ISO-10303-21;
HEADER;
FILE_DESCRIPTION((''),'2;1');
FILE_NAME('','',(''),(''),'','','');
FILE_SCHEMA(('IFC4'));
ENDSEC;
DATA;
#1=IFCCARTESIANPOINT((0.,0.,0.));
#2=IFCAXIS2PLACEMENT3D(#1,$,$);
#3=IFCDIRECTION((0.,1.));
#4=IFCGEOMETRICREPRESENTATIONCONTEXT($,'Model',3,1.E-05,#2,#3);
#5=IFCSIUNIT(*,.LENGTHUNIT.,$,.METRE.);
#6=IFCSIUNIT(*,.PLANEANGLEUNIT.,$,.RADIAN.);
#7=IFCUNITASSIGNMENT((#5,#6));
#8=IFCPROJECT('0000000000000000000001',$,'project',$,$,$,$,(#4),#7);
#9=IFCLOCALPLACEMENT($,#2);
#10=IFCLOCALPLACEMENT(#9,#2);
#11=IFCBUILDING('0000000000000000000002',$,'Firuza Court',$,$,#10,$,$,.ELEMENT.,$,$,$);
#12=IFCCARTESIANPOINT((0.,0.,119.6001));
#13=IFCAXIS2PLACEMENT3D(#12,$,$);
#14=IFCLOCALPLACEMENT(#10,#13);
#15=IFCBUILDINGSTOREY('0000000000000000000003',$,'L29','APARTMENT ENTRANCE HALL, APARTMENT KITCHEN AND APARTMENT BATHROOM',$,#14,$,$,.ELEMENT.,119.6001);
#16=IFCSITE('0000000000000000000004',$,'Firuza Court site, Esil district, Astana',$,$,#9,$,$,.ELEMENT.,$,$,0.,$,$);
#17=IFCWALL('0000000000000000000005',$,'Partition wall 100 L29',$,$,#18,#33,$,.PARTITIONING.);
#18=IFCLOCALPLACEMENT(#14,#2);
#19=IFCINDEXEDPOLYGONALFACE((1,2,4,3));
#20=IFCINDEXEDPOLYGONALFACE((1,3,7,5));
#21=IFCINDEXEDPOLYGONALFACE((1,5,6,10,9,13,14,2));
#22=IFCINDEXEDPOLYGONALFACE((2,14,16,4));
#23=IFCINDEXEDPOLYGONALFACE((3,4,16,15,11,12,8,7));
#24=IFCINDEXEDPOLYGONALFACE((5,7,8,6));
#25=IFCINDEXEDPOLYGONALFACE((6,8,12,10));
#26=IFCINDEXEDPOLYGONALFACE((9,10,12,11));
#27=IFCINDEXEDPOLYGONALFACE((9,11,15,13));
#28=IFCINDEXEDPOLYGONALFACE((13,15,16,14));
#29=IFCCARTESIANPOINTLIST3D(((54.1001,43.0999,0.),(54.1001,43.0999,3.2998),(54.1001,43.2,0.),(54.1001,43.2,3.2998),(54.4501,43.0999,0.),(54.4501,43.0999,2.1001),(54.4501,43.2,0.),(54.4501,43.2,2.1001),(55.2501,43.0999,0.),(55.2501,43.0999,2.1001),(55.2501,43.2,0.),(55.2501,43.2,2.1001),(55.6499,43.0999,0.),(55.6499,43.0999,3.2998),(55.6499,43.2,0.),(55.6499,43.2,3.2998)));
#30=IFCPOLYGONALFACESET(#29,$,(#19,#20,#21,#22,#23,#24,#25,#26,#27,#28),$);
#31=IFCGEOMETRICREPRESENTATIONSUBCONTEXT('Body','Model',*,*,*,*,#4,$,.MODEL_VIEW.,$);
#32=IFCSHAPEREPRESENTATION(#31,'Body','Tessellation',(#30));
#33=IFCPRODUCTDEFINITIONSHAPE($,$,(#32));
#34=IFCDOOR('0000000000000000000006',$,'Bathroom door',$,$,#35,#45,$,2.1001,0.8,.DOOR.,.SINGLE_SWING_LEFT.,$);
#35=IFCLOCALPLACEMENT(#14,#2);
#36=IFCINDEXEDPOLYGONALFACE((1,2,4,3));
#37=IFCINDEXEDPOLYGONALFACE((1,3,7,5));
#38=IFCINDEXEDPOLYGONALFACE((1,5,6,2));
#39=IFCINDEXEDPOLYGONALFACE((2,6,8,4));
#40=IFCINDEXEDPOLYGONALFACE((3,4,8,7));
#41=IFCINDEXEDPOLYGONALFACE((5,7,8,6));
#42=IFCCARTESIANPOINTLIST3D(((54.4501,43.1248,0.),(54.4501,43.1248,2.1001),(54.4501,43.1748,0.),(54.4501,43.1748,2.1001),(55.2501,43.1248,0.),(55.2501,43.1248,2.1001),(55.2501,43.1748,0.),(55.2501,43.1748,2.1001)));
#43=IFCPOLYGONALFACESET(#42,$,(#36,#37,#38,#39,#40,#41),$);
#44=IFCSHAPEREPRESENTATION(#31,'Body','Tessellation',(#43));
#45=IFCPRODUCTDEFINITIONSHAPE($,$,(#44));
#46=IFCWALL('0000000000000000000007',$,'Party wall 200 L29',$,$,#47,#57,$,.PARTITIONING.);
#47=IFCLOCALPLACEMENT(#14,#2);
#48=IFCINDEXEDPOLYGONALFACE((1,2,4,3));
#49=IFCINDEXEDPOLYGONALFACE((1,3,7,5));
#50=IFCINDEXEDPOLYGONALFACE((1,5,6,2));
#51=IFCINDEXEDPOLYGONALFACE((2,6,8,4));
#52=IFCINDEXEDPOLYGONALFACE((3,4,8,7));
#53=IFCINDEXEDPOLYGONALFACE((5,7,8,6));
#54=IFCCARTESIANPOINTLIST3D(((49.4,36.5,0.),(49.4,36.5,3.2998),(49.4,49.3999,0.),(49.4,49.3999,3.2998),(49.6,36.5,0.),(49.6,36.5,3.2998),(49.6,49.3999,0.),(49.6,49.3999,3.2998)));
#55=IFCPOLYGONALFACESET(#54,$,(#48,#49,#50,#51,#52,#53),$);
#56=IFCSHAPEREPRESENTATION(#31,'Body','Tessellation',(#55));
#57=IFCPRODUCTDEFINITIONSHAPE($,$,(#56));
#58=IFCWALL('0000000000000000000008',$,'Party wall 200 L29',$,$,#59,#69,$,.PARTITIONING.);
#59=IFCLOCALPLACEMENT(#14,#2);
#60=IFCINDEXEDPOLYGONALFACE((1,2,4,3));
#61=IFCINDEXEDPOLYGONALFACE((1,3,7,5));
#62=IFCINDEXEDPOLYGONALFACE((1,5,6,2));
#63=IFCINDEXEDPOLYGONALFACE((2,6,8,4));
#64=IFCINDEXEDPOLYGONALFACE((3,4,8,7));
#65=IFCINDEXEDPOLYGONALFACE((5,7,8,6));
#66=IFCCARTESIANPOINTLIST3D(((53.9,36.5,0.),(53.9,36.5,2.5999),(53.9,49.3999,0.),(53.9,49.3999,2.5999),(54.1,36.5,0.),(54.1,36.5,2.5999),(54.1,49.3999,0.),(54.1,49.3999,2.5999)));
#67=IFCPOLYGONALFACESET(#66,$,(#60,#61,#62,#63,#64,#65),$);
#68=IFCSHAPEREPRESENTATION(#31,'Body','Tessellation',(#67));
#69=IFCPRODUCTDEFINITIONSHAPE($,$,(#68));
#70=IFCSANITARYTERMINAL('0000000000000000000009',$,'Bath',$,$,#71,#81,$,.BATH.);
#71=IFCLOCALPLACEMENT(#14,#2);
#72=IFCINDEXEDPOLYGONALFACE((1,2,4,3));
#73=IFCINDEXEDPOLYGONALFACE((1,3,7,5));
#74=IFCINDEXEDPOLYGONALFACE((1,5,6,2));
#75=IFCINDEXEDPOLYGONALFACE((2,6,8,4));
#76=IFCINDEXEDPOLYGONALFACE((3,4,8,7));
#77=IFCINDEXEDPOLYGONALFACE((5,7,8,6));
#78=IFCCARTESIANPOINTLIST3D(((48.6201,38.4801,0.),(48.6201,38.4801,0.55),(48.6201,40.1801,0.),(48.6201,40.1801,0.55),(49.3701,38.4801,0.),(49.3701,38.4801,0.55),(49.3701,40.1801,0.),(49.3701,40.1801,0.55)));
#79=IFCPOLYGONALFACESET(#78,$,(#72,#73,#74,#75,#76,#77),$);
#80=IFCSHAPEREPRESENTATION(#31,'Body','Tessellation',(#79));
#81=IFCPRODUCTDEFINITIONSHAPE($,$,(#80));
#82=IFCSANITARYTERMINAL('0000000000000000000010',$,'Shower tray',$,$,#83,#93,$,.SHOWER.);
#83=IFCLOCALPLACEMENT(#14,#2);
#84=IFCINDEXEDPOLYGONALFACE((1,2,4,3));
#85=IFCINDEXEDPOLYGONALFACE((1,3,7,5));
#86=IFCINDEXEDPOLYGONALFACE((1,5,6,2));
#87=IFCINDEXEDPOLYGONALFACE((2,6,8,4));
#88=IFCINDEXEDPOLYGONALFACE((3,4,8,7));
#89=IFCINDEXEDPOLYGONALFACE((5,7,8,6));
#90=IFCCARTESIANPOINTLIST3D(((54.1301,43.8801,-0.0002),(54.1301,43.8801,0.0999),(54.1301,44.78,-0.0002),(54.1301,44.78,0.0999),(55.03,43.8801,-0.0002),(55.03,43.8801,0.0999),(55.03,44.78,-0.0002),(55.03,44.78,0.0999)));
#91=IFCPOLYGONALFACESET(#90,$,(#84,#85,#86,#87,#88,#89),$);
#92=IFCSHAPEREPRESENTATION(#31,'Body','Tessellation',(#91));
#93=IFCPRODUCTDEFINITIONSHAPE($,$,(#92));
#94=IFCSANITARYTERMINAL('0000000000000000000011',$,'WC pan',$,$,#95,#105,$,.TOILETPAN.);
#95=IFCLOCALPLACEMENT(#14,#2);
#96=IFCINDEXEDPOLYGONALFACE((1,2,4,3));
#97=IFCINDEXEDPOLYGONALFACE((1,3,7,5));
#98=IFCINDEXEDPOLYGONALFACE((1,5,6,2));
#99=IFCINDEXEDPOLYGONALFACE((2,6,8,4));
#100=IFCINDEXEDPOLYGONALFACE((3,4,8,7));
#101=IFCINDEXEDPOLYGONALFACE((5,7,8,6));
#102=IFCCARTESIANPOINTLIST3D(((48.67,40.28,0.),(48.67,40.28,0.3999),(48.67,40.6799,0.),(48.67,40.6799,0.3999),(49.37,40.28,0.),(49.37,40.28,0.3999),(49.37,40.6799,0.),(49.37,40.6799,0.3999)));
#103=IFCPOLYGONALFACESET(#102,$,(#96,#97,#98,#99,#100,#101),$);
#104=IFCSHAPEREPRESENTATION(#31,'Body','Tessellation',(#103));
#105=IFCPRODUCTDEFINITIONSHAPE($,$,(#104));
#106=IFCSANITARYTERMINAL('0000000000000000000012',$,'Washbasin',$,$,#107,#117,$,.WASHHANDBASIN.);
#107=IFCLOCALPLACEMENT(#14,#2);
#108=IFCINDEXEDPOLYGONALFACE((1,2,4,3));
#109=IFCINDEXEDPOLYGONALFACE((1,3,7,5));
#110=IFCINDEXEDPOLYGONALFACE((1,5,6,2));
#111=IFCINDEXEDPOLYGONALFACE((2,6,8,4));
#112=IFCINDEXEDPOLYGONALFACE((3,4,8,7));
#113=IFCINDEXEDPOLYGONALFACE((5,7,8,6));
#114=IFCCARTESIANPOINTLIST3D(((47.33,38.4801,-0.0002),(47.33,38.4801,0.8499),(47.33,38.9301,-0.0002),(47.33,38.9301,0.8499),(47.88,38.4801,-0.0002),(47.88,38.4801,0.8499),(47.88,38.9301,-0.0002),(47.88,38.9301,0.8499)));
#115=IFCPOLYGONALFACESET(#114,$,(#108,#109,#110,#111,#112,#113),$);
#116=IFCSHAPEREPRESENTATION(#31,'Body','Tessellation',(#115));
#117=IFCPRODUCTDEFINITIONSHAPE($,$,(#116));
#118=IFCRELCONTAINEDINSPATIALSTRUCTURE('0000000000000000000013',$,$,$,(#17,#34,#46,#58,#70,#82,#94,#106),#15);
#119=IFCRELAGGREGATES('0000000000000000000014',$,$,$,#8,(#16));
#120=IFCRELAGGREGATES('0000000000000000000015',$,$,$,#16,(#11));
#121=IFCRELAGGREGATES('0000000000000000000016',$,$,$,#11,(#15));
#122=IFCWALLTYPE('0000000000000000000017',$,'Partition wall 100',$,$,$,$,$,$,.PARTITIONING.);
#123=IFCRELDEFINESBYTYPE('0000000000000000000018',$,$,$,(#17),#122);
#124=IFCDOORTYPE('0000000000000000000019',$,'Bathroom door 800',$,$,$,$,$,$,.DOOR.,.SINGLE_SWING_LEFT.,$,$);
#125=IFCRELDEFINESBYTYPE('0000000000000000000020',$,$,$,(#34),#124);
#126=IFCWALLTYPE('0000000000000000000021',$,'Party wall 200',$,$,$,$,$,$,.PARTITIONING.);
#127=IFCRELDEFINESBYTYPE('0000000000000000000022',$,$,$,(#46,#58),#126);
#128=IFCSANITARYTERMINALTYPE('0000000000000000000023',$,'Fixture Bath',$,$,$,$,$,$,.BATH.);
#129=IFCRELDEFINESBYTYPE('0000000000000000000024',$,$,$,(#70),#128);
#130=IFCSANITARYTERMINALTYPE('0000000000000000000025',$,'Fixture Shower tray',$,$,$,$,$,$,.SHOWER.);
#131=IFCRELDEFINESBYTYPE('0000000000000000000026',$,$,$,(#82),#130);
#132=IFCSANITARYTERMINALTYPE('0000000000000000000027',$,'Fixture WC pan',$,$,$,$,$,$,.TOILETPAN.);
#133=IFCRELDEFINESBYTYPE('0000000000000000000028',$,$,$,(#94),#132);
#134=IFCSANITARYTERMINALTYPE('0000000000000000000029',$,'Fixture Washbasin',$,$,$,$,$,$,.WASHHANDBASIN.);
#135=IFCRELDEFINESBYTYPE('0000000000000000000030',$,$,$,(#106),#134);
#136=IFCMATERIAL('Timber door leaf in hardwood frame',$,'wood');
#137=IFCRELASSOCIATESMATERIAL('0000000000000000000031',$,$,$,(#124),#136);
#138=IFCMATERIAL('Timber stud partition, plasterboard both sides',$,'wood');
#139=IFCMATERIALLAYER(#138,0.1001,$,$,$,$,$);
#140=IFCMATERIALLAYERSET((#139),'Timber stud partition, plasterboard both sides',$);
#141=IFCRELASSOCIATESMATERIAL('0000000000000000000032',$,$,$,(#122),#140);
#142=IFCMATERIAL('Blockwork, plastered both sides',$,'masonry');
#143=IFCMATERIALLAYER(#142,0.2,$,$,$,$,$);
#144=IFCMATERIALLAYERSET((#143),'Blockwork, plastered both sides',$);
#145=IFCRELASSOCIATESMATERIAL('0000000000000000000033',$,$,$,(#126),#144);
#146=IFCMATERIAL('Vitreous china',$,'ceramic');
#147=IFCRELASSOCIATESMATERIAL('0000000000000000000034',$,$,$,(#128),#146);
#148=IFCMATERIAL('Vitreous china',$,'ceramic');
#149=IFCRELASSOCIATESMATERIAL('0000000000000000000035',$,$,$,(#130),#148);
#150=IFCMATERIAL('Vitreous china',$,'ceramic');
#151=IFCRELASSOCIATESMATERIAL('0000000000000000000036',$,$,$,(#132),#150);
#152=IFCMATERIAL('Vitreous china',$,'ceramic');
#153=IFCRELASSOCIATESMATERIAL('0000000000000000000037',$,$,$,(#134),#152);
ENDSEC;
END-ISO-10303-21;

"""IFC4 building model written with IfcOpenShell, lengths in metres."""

from ifc_helpers import new_model, si_unit, direction, frame, frame_2d, origin, origin_2d, place, context, subcontext, project, spatial, rectangle, extrude, material, layer, layer_set, type_object, element, fill, save


model = new_model("IFC4")

# Units and contexts
model_context = context("Model", 3, precision=1e-05, world=origin(), true_north=direction((0.0, 1.0)))
body_context = subcontext(model_context, "Body", "Model", "MODEL_VIEW")
ifc_project = project(units=[si_unit("LENGTHUNIT", "METRE"), si_unit("PLANEANGLEUNIT", "RADIAN")], contexts=[model_context])

# Site, building, storey
site_placement = place(None, origin())
site = spatial("IfcSite", under=ifc_project, at=site_placement, Name="Firuza Court site, Esil district, Astana", CompositionType="ELEMENT", RefElevation=0.0)
building_placement = place(site_placement, origin())
building = spatial("IfcBuilding", under=site, at=building_placement, Name="Firuza Court", CompositionType="ELEMENT")
storey_placement = place(building_placement, frame((0.0, 0.0, 119.6001)))
storey = spatial("IfcBuildingStorey", under=building, at=storey_placement, Name="L29", Description="APARTMENT ENTRANCE HALL, APARTMENT KITCHEN AND APARTMENT BATHROOM", CompositionType="ELEMENT", Elevation=119.6001)

# Shared definitions
ifc_material_1 = material(Name="Timber door leaf in hardwood frame", Category="wood")
door_type_1 = type_object("IfcDoorType", Name="Bathroom door 800", OperationType="SINGLE_SWING_LEFT", PredefinedType="DOOR", material=ifc_material_1)

# Shared definitions
ifc_material_2 = material(Name="Blockwork, plastered both sides", Category="masonry")

# Shared definitions
ifc_material_3 = material(Name="Timber stud partition, plasterboard both sides", Category="wood")
ifc_layer_1 = layer(ifc_material_3, 0.1001)
ifc_layer_set_1 = layer_set([ifc_layer_1], Name="Timber stud partition, plasterboard both sides")
wall_type_1 = type_object("IfcWallType", Name="Partition wall 100", PredefinedType="PARTITIONING", material=ifc_layer_set_1)

# Wall, opening, door
wall_1_placement = place(storey_placement, frame((54.1001, 43.1499, 0.0), z_axis=(0.0, 0.0, 1.0), x_axis=(1.0, 0.0, 0.0)))
wall_1 = element("IfcWall", 1, at=wall_1_placement, inside=storey, type_object=wall_type_1, Name="Partition wall 100 L29", PredefinedType="PARTITIONING", context=body_context, shape_type="SweptSolid", body=[
    extrude(rectangle(XDim=1.5498, YDim=0.1001, at=frame_2d((0.7749, 0.0))), origin(), (0.0, 0.0, 1.0), 3.2998),
])
opening_1_placement = place(wall_1_placement, frame((0.3501, 0.0, 0.0)))
opening_1 = element("IfcOpeningElement", 2, at=opening_1_placement, cuts=wall_1, PredefinedType="OPENING", context=body_context, shape_type="SweptSolid", body=[
    extrude(rectangle(XDim=0.8, YDim=2.1001, at=frame_2d((0.3999, 1.05))), frame((0.0, 0.062, 0.0), z_axis=(0.0, -1.0, 0.0), x_axis=(1.0, 0.0, 0.0)), (0.0, 0.0, 1.0), 0.124),
])
door_1_placement = place(opening_1_placement, origin())
door_1 = element("IfcDoor", 3, at=door_1_placement, inside=storey, type_object=door_type_1, Name="Bathroom door", OperationType="SINGLE_SWING_LEFT", OverallHeight=2.1001, OverallWidth=0.8, PredefinedType="DOOR", context=body_context, shape_type="SweptSolid", body=[
    extrude(rectangle(XDim=0.8, YDim=2.1001, at=frame_2d((0.3999, 1.05))), frame((0.0, 0.0249, 0.0), z_axis=(0.0, -1.0, 0.0), x_axis=(1.0, 0.0, 0.0)), (0.0, 0.0, 1.0), 0.05),
])
fill(opening_1, door_1)

# Walls
ifc_layer_2 = layer(ifc_material_2, 0.2)
ifc_layer_set_2 = layer_set([ifc_layer_2], Name="Blockwork, plastered both sides")
wall_type_2 = type_object("IfcWallType", Name="Party wall 200", PredefinedType="PARTITIONING", material=ifc_layer_set_2)
wall_2_placement = place(storey_placement, frame((49.5, 36.5, 0.0), z_axis=(0.0, 0.0, 1.0), x_axis=(0.0, 1.0, 0.0)))
element("IfcWall", 4, at=wall_2_placement, inside=storey, type_object=wall_type_2, Name="Party wall 200 L29", PredefinedType="PARTITIONING", context=body_context, shape_type="SweptSolid", body=[
    extrude(rectangle(XDim=12.8999, YDim=0.2, at=frame_2d((6.45, 0.0))), origin(), (0.0, 0.0, 1.0), 3.2998),
])
wall_3_placement = place(storey_placement, frame((54.0, 36.5, 0.0), z_axis=(0.0, 0.0, 1.0), x_axis=(0.0, 1.0, 0.0)))
element("IfcWall", 5, at=wall_3_placement, inside=storey, type_object=wall_type_2, Name="Party wall 200 L29", PredefinedType="PARTITIONING", context=body_context, shape_type="SweptSolid", body=[
    extrude(rectangle(XDim=12.8999, YDim=0.2, at=frame_2d((6.45, 0.0))), origin(), (0.0, 0.0, 1.0), 2.5999),
])

# Sanitary terminals
ifc_material_4 = material(Name="Vitreous china", Category="ceramic")
sanitary_terminal_type_1 = type_object("IfcSanitaryTerminalType", Name="Fixture Bath", PredefinedType="BATH", material=ifc_material_4)
sanitary_terminal_1_placement = place(storey_placement, frame((48.9951, 39.3301, 0.0), z_axis=(0.0, 0.0, 1.0), x_axis=(1.0, 0.0, 0.0)))
element("IfcSanitaryTerminal", 6, at=sanitary_terminal_1_placement, inside=storey, type_object=sanitary_terminal_type_1, Name="Bath", PredefinedType="BATH", context=body_context, shape_type="SweptSolid", body=[
    extrude(rectangle(XDim=0.75, YDim=1.7, at=origin_2d()), origin(), (0.0, 0.0, 1.0), 0.55),
])
ifc_material_5 = material(Name="Vitreous china", Category="ceramic")
sanitary_terminal_type_2 = type_object("IfcSanitaryTerminalType", Name="Fixture Shower tray", PredefinedType="SHOWER", material=ifc_material_5)
sanitary_terminal_2_placement = place(storey_placement, frame((54.5801, 44.3301, -0.0002), z_axis=(0.0, 0.0, 1.0), x_axis=(1.0, 0.0, 0.0)))
element("IfcSanitaryTerminal", 7, at=sanitary_terminal_2_placement, inside=storey, type_object=sanitary_terminal_type_2, Name="Shower tray", PredefinedType="SHOWER", context=body_context, shape_type="SweptSolid", body=[
    extrude(rectangle(XDim=0.8999, YDim=0.8999, at=origin_2d()), origin(), (0.0, 0.0, 1.0), 0.1001),
])
ifc_material_6 = material(Name="Vitreous china", Category="ceramic")
sanitary_terminal_type_3 = type_object("IfcSanitaryTerminalType", Name="Fixture WC pan", PredefinedType="TOILETPAN", material=ifc_material_6)
sanitary_terminal_3_placement = place(storey_placement, frame((49.02, 40.48, 0.0), z_axis=(0.0, 0.0, 1.0), x_axis=(1.0, 0.0, 0.0)))
element("IfcSanitaryTerminal", 8, at=sanitary_terminal_3_placement, inside=storey, type_object=sanitary_terminal_type_3, Name="WC pan", PredefinedType="TOILETPAN", context=body_context, shape_type="SweptSolid", body=[
    extrude(rectangle(XDim=0.7, YDim=0.3999, at=origin_2d()), origin(), (0.0, 0.0, 1.0), 0.3999),
])
ifc_material_7 = material(Name="Vitreous china", Category="ceramic")
sanitary_terminal_type_4 = type_object("IfcSanitaryTerminalType", Name="Fixture Washbasin", PredefinedType="WASHHANDBASIN", material=ifc_material_7)
sanitary_terminal_4_placement = place(storey_placement, frame((47.605, 38.7051, -0.0002), z_axis=(0.0, 0.0, 1.0), x_axis=(1.0, 0.0, 0.0)))
element("IfcSanitaryTerminal", 9, at=sanitary_terminal_4_placement, inside=storey, type_object=sanitary_terminal_type_4, Name="Washbasin", PredefinedType="WASHHANDBASIN", context=body_context, shape_type="SweptSolid", body=[
    extrude(rectangle(XDim=0.55, YDim=0.45, at=origin_2d()), origin(), (0.0, 0.0, 1.0), 0.8501),
])

save(model, "model.ifc")
